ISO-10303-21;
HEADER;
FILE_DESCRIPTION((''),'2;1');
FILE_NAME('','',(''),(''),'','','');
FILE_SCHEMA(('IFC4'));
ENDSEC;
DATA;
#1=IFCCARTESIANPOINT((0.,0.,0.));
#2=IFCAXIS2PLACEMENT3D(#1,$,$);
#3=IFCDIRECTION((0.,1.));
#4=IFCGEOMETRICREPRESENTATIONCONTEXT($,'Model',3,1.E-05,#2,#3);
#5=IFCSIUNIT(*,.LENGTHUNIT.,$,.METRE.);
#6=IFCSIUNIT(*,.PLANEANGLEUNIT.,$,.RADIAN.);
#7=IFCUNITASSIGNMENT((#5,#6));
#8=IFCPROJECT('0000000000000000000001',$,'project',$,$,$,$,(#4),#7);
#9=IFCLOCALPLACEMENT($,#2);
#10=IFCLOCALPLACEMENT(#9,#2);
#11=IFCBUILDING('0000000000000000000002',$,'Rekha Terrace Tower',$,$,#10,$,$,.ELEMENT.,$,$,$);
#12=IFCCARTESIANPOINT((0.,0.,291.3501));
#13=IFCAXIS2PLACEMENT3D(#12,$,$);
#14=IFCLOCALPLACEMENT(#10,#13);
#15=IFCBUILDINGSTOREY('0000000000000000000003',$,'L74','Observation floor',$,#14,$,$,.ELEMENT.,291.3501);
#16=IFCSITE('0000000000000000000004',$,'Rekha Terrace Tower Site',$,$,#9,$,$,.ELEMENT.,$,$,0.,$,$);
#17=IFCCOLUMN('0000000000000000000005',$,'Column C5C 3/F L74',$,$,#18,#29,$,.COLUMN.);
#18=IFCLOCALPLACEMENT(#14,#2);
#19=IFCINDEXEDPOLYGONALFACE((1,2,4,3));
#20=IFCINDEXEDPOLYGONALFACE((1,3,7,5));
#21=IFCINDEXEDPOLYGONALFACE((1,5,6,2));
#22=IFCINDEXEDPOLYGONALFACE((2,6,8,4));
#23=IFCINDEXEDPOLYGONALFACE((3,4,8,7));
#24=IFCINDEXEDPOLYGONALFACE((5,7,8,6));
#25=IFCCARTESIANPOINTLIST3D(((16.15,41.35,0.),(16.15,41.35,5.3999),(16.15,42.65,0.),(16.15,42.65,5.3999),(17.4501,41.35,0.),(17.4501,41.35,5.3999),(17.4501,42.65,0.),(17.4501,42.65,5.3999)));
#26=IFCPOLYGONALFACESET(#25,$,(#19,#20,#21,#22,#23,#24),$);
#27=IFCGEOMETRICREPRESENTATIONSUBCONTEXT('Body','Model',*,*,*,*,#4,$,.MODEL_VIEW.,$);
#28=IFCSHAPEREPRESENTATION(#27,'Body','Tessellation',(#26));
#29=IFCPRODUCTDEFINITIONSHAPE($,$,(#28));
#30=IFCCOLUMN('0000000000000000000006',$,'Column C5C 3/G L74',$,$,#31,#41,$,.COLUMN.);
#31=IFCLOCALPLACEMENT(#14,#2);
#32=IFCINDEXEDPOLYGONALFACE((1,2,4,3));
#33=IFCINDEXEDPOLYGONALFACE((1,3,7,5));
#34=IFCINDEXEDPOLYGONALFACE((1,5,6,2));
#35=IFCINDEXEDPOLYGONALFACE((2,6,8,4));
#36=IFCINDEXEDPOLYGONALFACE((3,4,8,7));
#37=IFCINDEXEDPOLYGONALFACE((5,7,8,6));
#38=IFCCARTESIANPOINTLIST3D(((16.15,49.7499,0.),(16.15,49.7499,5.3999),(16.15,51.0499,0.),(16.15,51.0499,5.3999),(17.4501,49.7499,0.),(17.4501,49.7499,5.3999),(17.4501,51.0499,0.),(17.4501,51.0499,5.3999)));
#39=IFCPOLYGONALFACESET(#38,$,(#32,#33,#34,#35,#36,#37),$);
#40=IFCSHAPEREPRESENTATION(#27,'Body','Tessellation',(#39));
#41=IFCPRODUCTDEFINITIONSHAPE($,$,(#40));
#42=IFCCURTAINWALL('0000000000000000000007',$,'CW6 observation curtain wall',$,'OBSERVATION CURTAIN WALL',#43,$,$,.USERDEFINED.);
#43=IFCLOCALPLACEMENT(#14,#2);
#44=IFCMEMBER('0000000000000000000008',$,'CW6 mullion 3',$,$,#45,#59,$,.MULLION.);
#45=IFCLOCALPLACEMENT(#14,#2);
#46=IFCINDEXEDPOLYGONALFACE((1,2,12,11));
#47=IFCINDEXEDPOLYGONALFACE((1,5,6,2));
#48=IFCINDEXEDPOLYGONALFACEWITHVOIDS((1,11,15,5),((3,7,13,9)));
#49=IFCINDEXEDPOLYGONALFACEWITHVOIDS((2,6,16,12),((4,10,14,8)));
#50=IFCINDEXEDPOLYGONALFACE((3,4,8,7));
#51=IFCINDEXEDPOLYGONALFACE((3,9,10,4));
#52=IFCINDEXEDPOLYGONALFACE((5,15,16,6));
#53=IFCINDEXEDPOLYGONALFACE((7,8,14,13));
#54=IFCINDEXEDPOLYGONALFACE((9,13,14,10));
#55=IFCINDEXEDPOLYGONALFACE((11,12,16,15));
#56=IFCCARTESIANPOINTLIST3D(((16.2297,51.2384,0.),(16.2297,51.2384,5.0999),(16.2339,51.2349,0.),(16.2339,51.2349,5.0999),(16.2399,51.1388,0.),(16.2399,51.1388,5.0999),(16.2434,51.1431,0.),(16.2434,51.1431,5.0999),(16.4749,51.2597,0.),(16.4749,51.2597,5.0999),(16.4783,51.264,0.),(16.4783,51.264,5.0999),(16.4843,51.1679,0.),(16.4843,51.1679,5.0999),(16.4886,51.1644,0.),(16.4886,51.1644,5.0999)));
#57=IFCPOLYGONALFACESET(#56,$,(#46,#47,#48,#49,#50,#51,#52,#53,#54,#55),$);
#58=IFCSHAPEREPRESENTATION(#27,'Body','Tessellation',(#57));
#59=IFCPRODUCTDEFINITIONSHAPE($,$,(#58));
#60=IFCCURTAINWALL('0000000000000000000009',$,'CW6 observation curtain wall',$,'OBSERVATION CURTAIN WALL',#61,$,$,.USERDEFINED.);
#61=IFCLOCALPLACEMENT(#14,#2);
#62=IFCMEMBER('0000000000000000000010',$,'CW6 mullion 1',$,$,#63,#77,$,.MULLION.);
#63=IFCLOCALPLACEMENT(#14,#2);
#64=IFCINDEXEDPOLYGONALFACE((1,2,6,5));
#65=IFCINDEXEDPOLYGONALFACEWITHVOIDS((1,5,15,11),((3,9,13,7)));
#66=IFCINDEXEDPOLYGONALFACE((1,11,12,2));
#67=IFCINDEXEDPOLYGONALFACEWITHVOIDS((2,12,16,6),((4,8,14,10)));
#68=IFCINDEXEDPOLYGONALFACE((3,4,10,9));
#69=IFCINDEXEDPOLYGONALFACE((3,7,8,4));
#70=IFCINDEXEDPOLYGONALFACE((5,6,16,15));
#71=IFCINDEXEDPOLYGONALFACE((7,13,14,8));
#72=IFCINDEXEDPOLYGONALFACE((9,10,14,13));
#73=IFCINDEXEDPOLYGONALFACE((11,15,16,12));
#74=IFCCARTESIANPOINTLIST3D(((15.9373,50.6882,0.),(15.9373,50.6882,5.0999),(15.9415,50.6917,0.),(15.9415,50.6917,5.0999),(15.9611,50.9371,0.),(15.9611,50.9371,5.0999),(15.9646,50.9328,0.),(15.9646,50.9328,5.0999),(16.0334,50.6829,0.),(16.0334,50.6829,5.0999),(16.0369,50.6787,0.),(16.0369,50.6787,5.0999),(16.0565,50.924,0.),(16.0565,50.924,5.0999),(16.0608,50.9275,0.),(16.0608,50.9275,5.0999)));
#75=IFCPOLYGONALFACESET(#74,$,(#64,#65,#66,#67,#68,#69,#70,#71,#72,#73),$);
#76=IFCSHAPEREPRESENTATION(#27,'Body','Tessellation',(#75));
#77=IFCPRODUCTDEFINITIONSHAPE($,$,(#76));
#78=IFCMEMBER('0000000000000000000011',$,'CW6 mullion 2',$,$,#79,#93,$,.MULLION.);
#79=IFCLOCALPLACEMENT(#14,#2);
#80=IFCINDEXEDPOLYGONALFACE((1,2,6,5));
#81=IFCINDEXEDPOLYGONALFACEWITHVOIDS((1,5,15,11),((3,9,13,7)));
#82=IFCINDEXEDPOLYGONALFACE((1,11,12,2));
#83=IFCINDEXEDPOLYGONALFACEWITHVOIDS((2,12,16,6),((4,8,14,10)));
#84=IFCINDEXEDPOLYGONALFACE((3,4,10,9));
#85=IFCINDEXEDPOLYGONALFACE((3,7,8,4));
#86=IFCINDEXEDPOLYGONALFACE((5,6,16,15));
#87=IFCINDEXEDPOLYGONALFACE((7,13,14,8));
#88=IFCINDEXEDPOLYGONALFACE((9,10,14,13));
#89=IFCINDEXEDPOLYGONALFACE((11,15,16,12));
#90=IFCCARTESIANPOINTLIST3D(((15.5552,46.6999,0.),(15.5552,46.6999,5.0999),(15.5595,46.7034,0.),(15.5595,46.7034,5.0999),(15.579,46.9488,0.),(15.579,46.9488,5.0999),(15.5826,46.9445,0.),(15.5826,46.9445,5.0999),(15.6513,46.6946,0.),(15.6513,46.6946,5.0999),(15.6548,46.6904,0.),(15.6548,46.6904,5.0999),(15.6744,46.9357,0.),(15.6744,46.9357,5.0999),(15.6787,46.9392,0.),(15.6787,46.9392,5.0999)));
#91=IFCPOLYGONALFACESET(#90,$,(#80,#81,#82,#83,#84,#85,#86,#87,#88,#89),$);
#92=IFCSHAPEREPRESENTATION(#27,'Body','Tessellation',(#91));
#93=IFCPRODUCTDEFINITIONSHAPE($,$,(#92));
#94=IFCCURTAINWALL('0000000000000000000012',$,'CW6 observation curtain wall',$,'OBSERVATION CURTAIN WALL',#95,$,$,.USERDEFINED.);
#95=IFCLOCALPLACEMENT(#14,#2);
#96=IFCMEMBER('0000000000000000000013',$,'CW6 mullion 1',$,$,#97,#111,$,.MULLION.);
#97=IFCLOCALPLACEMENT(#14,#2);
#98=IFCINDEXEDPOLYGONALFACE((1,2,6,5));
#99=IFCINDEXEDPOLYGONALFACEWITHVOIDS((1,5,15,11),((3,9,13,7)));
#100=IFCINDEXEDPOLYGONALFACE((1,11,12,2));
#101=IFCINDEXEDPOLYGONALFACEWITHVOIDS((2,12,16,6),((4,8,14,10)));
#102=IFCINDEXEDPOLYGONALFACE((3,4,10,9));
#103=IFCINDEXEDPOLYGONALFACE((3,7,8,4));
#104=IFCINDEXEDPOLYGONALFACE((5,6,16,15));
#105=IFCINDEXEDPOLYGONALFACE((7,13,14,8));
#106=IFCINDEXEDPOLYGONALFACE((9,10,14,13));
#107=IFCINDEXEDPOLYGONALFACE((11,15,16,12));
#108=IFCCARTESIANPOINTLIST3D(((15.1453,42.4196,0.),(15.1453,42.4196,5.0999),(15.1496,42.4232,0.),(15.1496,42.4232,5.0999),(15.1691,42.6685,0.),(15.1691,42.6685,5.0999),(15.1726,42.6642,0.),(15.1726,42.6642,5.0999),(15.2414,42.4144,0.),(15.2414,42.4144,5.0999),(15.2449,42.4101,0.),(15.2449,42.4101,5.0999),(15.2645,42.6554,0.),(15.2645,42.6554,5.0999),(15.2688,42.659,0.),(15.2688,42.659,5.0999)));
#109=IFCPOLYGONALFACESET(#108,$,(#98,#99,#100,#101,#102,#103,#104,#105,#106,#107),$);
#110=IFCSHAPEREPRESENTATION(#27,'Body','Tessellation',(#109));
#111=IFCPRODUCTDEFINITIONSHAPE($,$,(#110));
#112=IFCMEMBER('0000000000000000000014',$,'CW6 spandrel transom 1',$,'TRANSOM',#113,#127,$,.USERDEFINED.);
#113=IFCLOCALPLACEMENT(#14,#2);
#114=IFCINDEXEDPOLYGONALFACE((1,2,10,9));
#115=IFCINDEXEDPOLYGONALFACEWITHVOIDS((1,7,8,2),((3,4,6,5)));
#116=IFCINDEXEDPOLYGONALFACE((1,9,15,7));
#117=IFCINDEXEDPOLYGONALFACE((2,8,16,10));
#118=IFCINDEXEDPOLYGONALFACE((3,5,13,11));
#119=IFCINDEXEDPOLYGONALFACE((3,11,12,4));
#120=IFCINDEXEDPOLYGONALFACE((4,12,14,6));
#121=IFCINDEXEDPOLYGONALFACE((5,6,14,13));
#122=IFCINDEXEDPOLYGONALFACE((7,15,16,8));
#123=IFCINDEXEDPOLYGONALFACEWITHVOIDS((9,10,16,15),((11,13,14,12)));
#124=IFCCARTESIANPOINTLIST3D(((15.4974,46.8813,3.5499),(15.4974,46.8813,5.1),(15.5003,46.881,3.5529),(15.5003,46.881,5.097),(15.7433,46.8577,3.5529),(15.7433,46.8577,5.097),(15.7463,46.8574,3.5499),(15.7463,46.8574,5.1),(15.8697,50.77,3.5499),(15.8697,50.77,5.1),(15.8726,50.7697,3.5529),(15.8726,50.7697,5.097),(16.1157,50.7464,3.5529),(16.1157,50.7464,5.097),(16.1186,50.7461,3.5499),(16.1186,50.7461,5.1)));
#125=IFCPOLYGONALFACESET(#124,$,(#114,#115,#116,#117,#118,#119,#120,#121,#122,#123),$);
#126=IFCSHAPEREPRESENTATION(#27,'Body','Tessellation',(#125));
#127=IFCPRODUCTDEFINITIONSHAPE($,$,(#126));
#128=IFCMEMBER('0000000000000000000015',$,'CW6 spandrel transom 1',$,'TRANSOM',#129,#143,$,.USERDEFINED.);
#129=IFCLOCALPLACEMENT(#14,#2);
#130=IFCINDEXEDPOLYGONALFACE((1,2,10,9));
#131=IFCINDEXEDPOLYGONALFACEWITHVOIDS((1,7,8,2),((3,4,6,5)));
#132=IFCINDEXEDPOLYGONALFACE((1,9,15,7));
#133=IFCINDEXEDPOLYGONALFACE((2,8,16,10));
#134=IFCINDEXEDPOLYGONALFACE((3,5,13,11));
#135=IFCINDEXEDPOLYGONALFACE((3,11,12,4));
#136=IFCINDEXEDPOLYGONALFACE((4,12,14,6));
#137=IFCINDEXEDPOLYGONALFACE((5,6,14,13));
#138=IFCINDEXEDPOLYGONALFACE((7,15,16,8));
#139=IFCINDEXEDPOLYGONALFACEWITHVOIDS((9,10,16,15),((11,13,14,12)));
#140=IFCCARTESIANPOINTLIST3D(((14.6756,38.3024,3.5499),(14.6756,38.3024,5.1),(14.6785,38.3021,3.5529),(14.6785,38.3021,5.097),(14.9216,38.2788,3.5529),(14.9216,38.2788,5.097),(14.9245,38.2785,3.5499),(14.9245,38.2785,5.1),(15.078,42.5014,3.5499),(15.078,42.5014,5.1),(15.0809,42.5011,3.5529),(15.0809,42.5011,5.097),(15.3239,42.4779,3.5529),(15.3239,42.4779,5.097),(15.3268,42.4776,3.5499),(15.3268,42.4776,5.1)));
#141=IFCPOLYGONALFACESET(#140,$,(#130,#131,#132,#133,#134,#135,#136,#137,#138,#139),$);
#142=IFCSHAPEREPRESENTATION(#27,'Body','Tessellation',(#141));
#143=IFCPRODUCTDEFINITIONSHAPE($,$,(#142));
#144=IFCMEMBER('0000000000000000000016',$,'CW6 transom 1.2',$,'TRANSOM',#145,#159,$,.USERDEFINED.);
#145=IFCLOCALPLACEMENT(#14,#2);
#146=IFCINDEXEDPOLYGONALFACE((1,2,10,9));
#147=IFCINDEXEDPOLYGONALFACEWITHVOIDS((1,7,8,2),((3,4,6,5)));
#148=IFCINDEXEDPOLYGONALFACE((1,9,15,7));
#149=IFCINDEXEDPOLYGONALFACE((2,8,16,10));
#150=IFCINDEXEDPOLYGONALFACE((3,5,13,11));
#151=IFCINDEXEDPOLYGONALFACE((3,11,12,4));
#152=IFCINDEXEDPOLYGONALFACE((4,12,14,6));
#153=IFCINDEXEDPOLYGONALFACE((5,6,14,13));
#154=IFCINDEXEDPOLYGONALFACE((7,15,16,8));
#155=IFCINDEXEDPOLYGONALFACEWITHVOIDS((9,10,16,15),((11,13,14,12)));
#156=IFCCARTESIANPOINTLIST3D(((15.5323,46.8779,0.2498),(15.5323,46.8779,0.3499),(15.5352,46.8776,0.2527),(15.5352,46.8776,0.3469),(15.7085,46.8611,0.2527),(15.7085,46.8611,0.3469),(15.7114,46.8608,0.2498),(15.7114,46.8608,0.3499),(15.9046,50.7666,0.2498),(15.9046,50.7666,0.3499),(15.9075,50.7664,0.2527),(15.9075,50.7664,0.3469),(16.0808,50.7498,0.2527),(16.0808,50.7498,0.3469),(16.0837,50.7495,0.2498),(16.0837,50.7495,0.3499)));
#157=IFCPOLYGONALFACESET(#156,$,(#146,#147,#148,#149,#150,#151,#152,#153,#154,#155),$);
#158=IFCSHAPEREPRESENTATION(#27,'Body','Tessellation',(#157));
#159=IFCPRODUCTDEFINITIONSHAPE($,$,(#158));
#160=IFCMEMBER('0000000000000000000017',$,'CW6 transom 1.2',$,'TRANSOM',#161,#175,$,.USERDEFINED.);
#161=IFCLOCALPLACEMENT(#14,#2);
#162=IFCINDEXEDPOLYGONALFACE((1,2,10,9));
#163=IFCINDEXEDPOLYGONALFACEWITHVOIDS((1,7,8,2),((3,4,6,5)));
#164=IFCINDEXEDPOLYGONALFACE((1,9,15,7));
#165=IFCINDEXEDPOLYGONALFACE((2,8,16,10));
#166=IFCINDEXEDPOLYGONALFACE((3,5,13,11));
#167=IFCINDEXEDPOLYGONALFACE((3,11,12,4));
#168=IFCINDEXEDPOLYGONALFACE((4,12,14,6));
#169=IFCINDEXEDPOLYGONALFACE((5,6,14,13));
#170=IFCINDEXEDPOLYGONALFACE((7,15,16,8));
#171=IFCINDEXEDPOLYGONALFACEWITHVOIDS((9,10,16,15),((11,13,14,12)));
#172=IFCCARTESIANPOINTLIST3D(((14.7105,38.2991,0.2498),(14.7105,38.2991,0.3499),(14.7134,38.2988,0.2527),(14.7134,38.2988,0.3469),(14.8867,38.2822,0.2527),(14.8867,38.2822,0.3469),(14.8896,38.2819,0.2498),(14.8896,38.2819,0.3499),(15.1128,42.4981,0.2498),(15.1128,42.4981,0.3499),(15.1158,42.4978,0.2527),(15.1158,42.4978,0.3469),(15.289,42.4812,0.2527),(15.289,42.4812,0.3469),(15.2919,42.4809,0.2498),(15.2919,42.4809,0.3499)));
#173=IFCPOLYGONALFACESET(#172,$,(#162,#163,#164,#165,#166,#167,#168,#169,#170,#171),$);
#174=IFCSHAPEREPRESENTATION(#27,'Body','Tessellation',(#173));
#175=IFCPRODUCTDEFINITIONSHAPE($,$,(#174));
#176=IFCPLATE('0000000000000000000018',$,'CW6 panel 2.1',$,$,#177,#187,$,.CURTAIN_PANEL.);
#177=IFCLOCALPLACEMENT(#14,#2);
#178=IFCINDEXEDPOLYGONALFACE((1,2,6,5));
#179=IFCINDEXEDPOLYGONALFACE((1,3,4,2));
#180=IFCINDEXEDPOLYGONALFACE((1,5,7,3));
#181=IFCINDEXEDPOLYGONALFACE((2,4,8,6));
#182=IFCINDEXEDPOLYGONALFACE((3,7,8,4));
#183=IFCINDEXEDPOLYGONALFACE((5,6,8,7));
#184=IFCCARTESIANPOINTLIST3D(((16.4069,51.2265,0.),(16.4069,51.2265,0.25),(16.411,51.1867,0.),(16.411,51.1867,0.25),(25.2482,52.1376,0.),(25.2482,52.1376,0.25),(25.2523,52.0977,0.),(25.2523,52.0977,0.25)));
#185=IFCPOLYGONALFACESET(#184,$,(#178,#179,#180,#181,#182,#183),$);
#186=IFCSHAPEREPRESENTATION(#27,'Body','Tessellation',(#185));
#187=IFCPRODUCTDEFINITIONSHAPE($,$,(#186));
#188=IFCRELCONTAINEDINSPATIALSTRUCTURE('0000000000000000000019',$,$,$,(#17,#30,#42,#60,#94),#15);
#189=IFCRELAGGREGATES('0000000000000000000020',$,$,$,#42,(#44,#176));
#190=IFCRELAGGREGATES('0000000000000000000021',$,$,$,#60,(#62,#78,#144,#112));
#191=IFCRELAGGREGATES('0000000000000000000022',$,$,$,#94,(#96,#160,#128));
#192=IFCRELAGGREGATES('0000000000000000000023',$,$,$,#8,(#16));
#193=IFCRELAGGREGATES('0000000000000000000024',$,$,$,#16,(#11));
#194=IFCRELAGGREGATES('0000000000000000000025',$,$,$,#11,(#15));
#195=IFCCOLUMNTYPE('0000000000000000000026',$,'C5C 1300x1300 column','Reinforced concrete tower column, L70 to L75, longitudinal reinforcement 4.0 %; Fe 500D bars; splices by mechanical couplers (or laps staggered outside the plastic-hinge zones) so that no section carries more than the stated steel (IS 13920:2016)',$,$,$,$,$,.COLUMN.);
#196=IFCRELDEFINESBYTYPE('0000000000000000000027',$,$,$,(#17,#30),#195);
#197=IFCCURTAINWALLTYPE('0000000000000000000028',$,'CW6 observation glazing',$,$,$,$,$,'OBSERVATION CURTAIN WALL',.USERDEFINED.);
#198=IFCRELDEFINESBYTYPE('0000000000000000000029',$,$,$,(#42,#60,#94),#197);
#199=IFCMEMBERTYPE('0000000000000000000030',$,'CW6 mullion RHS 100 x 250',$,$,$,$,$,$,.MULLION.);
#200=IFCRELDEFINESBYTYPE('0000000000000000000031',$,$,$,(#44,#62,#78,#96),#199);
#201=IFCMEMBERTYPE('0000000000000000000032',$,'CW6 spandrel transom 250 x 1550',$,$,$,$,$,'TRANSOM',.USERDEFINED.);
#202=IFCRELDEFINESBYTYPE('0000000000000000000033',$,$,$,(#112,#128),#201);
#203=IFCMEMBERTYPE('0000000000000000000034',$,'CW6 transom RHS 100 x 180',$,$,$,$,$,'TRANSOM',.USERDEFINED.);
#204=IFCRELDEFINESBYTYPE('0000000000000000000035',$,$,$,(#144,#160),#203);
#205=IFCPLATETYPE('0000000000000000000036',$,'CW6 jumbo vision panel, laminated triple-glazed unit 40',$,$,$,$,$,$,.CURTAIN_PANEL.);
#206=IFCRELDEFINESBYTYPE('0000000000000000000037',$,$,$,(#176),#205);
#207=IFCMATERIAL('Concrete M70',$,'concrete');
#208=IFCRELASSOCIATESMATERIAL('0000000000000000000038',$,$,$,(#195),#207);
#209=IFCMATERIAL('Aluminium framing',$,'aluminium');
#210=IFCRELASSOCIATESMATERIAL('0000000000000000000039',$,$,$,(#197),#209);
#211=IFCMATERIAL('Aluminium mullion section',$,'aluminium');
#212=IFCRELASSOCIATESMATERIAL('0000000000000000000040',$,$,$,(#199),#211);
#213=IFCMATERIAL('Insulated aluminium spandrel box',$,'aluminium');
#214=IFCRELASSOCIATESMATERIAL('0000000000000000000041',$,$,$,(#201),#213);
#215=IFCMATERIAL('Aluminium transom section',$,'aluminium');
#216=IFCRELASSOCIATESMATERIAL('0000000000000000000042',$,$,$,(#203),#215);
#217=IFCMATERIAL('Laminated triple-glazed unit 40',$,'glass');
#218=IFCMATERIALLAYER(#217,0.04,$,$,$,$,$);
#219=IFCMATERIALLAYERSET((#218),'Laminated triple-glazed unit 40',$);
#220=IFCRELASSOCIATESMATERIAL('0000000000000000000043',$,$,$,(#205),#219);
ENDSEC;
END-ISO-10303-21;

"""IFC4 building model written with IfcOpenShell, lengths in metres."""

from ifc_helpers import new_model, si_unit, direction, frame, origin, origin_2d, place, context, subcontext, project, spatial, rectangle, hollow_rectangle, extrude, material, layer, layer_set, material_profile, profile_set, type_object, element, aggregate, save


model = new_model("IFC4")

# Units and contexts
model_context = context("Model", 3, precision=1e-05, world=origin(), true_north=direction((0.0, 1.0)))
body_context = subcontext(model_context, "Body", "Model", "MODEL_VIEW")
ifc_project = project(units=[si_unit("LENGTHUNIT", "METRE"), si_unit("PLANEANGLEUNIT", "RADIAN")], contexts=[model_context])

# Site, building, storey
site_placement = place(None, origin())
site = spatial("IfcSite", under=ifc_project, at=site_placement, Name="Rekha Terrace Tower Site", CompositionType="ELEMENT", RefElevation=0.0)
building_placement = place(site_placement, origin())
building = spatial("IfcBuilding", under=site, at=building_placement, Name="Rekha Terrace Tower", CompositionType="ELEMENT")
storey_placement = place(building_placement, frame((0.0, 0.0, 291.3501)))
storey = spatial("IfcBuildingStorey", under=building, at=storey_placement, Name="L74", Description="Observation floor", CompositionType="ELEMENT", Elevation=291.3501)

# Columns
ifc_material_1 = material(Name="Concrete M70", Category="concrete")
ifc_material_profile_1 = material_profile(ifc_material_1, rectangle(XDim=1.3, YDim=1.3, at=origin_2d()), Name="RC 1300x1300")
ifc_profile_set_1 = profile_set([ifc_material_profile_1], Name="Concrete M70")
column_type = type_object("IfcColumnType", Name="C5C 1300x1300 column", Description="Reinforced concrete tower column, L70 to L75, longitudinal reinforcement 4.0 %; Fe 500D bars; splices by mechanical couplers (or laps staggered outside the plastic-hinge zones) so that no section carries more than the stated steel (IS 13920:2016)", PredefinedType="COLUMN", material=ifc_profile_set_1)
for number, where, z_axis, x_axis, name in (
    (1, (16.8, 42.0, 0.0), (0.0, 0.0, 1.0), (1.0, 0.0, 0.0), "Column C5C 3/F L74"),
    (2, (16.8, 50.3999, 0.0), (0.0, 0.0, 1.0), (1.0, 0.0, 0.0), "Column C5C 3/G L74"),
):
    element("IfcColumn", number, at=place(storey_placement, frame(where, z_axis=z_axis, x_axis=x_axis)), inside=storey, type_object=column_type, Name=name, PredefinedType="COLUMN", context=body_context, shape_type="SweptSolid", body=[
        extrude(rectangle(XDim=1.3, YDim=1.3, at=origin_2d()), origin(), (0.0, 0.0, 1.0), 5.3999),
    ])

# Curtain wall, member
ifc_material_2 = material(Name="Aluminium framing", Category="aluminium")
curtain_wall_type = type_object("IfcCurtainWallType", Name="CW6 observation glazing", ElementType="OBSERVATION CURTAIN WALL", PredefinedType="USERDEFINED", material=ifc_material_2)
curtain_wall_1_placement = place(storey_placement, origin())
curtain_wall_1 = element("IfcCurtainWall", 3, at=curtain_wall_1_placement, inside=storey, type_object=curtain_wall_type, Name="CW6 observation curtain wall", ObjectType="OBSERVATION CURTAIN WALL", PredefinedType="USERDEFINED")
ifc_material_3 = material(Name="Aluminium mullion section", Category="aluminium")
ifc_material_profile_2 = material_profile(ifc_material_3, hollow_rectangle(XDim=0.1001, YDim=0.25, WallThickness=0.0039, at=origin_2d()), Name="AL RHS 100x250")
ifc_profile_set_2 = profile_set([ifc_material_profile_2], Name="Aluminium mullion section")
member_type_1 = type_object("IfcMemberType", Name="CW6 mullion RHS 100 x 250", PredefinedType="MULLION", material=ifc_profile_set_2)
member_1_placement = place(storey_placement, frame((16.3591, 51.2014, 0.0), z_axis=(0.0, 0.0, 1.0), x_axis=(0.102505, -0.994732, 0.0)))
member_1 = element("IfcMember", 4, at=member_1_placement, type_object=member_type_1, Name="CW6 mullion 3", PredefinedType="MULLION", context=body_context, shape_type="SweptSolid", body=[
    extrude(hollow_rectangle(XDim=0.1001, YDim=0.25, WallThickness=0.0039, at=origin_2d()), origin(), (0.0, 0.0, 1.0), 5.0999),
])

# Curtain wall, members
curtain_wall_2_placement = place(storey_placement, origin())
curtain_wall_2 = element("IfcCurtainWall", 5, at=curtain_wall_2_placement, inside=storey, type_object=curtain_wall_type, Name="CW6 observation curtain wall", ObjectType="OBSERVATION CURTAIN WALL", PredefinedType="USERDEFINED")
member_2_placement = place(storey_placement, frame((15.999, 50.8079, 0.0), z_axis=(0.0, 0.0, 1.0), x_axis=(0.995445, -0.095338, 0.0)))
member_2 = element("IfcMember", 6, at=member_2_placement, type_object=member_type_1, Name="CW6 mullion 1", PredefinedType="MULLION", context=body_context, shape_type="SweptSolid", body=[
    extrude(hollow_rectangle(XDim=0.1001, YDim=0.25, WallThickness=0.0039, at=origin_2d()), origin(), (0.0, 0.0, 1.0), 5.0999),
])
member_3_placement = place(storey_placement, frame((15.6169, 46.8196, 0.0), z_axis=(0.0, 0.0, 1.0), x_axis=(0.995445, -0.095338, 0.0)))
member_3 = element("IfcMember", 7, at=member_3_placement, type_object=member_type_1, Name="CW6 mullion 2", PredefinedType="MULLION", context=body_context, shape_type="SweptSolid", body=[
    extrude(hollow_rectangle(XDim=0.1001, YDim=0.25, WallThickness=0.0039, at=origin_2d()), origin(), (0.0, 0.0, 1.0), 5.0999),
])

# Curtain wall, member
curtain_wall_3_placement = place(storey_placement, origin())
curtain_wall_3 = element("IfcCurtainWall", 8, at=curtain_wall_3_placement, inside=storey, type_object=curtain_wall_type, Name="CW6 observation curtain wall", ObjectType="OBSERVATION CURTAIN WALL", PredefinedType="USERDEFINED")
member_4_placement = place(storey_placement, frame((15.207, 42.5393, 0.0), z_axis=(0.0, 0.0, 1.0), x_axis=(0.995445, -0.095338, 0.0)))
member_4 = element("IfcMember", 9, at=member_4_placement, type_object=member_type_1, Name="CW6 mullion 1", PredefinedType="MULLION", context=body_context, shape_type="SweptSolid", body=[
    extrude(hollow_rectangle(XDim=0.1001, YDim=0.25, WallThickness=0.0039, at=origin_2d()), origin(), (0.0, 0.0, 1.0), 5.0999),
])

# Members
ifc_material_4 = material(Name="Insulated aluminium spandrel box", Category="aluminium")
ifc_material_profile_3 = material_profile(ifc_material_4, hollow_rectangle(XDim=0.25, YDim=1.55, WallThickness=0.0029, at=origin_2d()), Name="AL SPANDREL BOX 250x1550")
ifc_profile_set_3 = profile_set([ifc_material_profile_3], Name="Insulated aluminium spandrel box")
member_type_2 = type_object("IfcMemberType", Name="CW6 spandrel transom 250 x 1550", ElementType="TRANSOM", PredefinedType="USERDEFINED", material=ifc_profile_set_3)
member_5_placement = place(storey_placement, frame((15.9941, 50.7581, 4.325), z_axis=(-0.095308, -0.995448, 0.0), x_axis=(0.995448, -0.095308, 0.0)))
member_5 = element("IfcMember", 10, at=member_5_placement, type_object=member_type_2, Name="CW6 spandrel transom 1", ObjectType="TRANSOM", PredefinedType="USERDEFINED", context=body_context, shape_type="SweptSolid", body=[
    extrude(hollow_rectangle(XDim=0.25, YDim=1.55, WallThickness=0.0029, at=origin_2d()), origin(), (0.0, 0.0, 1.0), 3.9065),
])
member_6_placement = place(storey_placement, frame((15.2024, 42.4895, 4.325), z_axis=(-0.095383, -0.995441, 0.0), x_axis=(0.995441, -0.095383, 0.0)))
member_6 = element("IfcMember", 11, at=member_6_placement, type_object=member_type_2, Name="CW6 spandrel transom 1", ObjectType="TRANSOM", PredefinedType="USERDEFINED", context=body_context, shape_type="SweptSolid", body=[
    extrude(hollow_rectangle(XDim=0.25, YDim=1.55, WallThickness=0.0029, at=origin_2d()), origin(), (0.0, 0.0, 1.0), 4.2183),
])
ifc_material_5 = material(Name="Aluminium transom section", Category="aluminium")
ifc_material_profile_4 = material_profile(ifc_material_5, hollow_rectangle(XDim=0.1799, YDim=0.1001, WallThickness=0.0029, at=origin_2d()), Name="AL RHS 180x100")
ifc_profile_set_4 = profile_set([ifc_material_profile_4], Name="Aluminium transom section")
member_type_3 = type_object("IfcMemberType", Name="CW6 transom RHS 100 x 180", ElementType="TRANSOM", PredefinedType="USERDEFINED", material=ifc_profile_set_4)
member_7_placement = place(storey_placement, frame((15.9941, 50.7581, 0.2998), z_axis=(-0.095308, -0.995448, 0.0), x_axis=(0.995448, -0.095308, 0.0)))
member_7 = element("IfcMember", 12, at=member_7_placement, type_object=member_type_3, Name="CW6 transom 1.2", ObjectType="TRANSOM", PredefinedType="USERDEFINED", context=body_context, shape_type="SweptSolid", body=[
    extrude(hollow_rectangle(XDim=0.1799, YDim=0.1001, WallThickness=0.0029, at=origin_2d()), origin(), (0.0, 0.0, 1.0), 3.9065),
])
member_8_placement = place(storey_placement, frame((15.2024, 42.4895, 0.2998), z_axis=(-0.095383, -0.995441, 0.0), x_axis=(0.995441, -0.095383, 0.0)))
member_8 = element("IfcMember", 13, at=member_8_placement, type_object=member_type_3, Name="CW6 transom 1.2", ObjectType="TRANSOM", PredefinedType="USERDEFINED", context=body_context, shape_type="SweptSolid", body=[
    extrude(hollow_rectangle(XDim=0.1799, YDim=0.1001, WallThickness=0.0029, at=origin_2d()), origin(), (0.0, 0.0, 1.0), 4.2183),
])

# Plate
ifc_material_6 = material(Name="Laminated triple-glazed unit 40", Category="glass")
ifc_layer_1 = layer(ifc_material_6, 0.04)
ifc_layer_set_1 = layer_set([ifc_layer_1], Name="Laminated triple-glazed unit 40")
plate_type = type_object("IfcPlateType", Name="CW6 jumbo vision panel, laminated triple-glazed unit 40", PredefinedType="CURTAIN_PANEL", material=ifc_layer_set_1)
plate_1_placement = place(storey_placement, frame((20.8296, 51.6621, 0.0), z_axis=(0.0, 0.0, 1.0), x_axis=(-0.994732, -0.102505, 0.0)))
plate_1 = element("IfcPlate", 14, at=plate_1_placement, type_object=plate_type, Name="CW6 panel 2.1", PredefinedType="CURTAIN_PANEL", context=body_context, shape_type="SweptSolid", body=[
    extrude(rectangle(XDim=8.8882, YDim=0.04, at=origin_2d()), origin(), (0.0, 0.0, 1.0), 0.25),
])
aggregate(curtain_wall_1, [member_1, plate_1])
aggregate(curtain_wall_2, [member_2, member_3, member_7, member_5])
aggregate(curtain_wall_3, [member_4, member_8, member_6])

save(model, "model.ifc")
